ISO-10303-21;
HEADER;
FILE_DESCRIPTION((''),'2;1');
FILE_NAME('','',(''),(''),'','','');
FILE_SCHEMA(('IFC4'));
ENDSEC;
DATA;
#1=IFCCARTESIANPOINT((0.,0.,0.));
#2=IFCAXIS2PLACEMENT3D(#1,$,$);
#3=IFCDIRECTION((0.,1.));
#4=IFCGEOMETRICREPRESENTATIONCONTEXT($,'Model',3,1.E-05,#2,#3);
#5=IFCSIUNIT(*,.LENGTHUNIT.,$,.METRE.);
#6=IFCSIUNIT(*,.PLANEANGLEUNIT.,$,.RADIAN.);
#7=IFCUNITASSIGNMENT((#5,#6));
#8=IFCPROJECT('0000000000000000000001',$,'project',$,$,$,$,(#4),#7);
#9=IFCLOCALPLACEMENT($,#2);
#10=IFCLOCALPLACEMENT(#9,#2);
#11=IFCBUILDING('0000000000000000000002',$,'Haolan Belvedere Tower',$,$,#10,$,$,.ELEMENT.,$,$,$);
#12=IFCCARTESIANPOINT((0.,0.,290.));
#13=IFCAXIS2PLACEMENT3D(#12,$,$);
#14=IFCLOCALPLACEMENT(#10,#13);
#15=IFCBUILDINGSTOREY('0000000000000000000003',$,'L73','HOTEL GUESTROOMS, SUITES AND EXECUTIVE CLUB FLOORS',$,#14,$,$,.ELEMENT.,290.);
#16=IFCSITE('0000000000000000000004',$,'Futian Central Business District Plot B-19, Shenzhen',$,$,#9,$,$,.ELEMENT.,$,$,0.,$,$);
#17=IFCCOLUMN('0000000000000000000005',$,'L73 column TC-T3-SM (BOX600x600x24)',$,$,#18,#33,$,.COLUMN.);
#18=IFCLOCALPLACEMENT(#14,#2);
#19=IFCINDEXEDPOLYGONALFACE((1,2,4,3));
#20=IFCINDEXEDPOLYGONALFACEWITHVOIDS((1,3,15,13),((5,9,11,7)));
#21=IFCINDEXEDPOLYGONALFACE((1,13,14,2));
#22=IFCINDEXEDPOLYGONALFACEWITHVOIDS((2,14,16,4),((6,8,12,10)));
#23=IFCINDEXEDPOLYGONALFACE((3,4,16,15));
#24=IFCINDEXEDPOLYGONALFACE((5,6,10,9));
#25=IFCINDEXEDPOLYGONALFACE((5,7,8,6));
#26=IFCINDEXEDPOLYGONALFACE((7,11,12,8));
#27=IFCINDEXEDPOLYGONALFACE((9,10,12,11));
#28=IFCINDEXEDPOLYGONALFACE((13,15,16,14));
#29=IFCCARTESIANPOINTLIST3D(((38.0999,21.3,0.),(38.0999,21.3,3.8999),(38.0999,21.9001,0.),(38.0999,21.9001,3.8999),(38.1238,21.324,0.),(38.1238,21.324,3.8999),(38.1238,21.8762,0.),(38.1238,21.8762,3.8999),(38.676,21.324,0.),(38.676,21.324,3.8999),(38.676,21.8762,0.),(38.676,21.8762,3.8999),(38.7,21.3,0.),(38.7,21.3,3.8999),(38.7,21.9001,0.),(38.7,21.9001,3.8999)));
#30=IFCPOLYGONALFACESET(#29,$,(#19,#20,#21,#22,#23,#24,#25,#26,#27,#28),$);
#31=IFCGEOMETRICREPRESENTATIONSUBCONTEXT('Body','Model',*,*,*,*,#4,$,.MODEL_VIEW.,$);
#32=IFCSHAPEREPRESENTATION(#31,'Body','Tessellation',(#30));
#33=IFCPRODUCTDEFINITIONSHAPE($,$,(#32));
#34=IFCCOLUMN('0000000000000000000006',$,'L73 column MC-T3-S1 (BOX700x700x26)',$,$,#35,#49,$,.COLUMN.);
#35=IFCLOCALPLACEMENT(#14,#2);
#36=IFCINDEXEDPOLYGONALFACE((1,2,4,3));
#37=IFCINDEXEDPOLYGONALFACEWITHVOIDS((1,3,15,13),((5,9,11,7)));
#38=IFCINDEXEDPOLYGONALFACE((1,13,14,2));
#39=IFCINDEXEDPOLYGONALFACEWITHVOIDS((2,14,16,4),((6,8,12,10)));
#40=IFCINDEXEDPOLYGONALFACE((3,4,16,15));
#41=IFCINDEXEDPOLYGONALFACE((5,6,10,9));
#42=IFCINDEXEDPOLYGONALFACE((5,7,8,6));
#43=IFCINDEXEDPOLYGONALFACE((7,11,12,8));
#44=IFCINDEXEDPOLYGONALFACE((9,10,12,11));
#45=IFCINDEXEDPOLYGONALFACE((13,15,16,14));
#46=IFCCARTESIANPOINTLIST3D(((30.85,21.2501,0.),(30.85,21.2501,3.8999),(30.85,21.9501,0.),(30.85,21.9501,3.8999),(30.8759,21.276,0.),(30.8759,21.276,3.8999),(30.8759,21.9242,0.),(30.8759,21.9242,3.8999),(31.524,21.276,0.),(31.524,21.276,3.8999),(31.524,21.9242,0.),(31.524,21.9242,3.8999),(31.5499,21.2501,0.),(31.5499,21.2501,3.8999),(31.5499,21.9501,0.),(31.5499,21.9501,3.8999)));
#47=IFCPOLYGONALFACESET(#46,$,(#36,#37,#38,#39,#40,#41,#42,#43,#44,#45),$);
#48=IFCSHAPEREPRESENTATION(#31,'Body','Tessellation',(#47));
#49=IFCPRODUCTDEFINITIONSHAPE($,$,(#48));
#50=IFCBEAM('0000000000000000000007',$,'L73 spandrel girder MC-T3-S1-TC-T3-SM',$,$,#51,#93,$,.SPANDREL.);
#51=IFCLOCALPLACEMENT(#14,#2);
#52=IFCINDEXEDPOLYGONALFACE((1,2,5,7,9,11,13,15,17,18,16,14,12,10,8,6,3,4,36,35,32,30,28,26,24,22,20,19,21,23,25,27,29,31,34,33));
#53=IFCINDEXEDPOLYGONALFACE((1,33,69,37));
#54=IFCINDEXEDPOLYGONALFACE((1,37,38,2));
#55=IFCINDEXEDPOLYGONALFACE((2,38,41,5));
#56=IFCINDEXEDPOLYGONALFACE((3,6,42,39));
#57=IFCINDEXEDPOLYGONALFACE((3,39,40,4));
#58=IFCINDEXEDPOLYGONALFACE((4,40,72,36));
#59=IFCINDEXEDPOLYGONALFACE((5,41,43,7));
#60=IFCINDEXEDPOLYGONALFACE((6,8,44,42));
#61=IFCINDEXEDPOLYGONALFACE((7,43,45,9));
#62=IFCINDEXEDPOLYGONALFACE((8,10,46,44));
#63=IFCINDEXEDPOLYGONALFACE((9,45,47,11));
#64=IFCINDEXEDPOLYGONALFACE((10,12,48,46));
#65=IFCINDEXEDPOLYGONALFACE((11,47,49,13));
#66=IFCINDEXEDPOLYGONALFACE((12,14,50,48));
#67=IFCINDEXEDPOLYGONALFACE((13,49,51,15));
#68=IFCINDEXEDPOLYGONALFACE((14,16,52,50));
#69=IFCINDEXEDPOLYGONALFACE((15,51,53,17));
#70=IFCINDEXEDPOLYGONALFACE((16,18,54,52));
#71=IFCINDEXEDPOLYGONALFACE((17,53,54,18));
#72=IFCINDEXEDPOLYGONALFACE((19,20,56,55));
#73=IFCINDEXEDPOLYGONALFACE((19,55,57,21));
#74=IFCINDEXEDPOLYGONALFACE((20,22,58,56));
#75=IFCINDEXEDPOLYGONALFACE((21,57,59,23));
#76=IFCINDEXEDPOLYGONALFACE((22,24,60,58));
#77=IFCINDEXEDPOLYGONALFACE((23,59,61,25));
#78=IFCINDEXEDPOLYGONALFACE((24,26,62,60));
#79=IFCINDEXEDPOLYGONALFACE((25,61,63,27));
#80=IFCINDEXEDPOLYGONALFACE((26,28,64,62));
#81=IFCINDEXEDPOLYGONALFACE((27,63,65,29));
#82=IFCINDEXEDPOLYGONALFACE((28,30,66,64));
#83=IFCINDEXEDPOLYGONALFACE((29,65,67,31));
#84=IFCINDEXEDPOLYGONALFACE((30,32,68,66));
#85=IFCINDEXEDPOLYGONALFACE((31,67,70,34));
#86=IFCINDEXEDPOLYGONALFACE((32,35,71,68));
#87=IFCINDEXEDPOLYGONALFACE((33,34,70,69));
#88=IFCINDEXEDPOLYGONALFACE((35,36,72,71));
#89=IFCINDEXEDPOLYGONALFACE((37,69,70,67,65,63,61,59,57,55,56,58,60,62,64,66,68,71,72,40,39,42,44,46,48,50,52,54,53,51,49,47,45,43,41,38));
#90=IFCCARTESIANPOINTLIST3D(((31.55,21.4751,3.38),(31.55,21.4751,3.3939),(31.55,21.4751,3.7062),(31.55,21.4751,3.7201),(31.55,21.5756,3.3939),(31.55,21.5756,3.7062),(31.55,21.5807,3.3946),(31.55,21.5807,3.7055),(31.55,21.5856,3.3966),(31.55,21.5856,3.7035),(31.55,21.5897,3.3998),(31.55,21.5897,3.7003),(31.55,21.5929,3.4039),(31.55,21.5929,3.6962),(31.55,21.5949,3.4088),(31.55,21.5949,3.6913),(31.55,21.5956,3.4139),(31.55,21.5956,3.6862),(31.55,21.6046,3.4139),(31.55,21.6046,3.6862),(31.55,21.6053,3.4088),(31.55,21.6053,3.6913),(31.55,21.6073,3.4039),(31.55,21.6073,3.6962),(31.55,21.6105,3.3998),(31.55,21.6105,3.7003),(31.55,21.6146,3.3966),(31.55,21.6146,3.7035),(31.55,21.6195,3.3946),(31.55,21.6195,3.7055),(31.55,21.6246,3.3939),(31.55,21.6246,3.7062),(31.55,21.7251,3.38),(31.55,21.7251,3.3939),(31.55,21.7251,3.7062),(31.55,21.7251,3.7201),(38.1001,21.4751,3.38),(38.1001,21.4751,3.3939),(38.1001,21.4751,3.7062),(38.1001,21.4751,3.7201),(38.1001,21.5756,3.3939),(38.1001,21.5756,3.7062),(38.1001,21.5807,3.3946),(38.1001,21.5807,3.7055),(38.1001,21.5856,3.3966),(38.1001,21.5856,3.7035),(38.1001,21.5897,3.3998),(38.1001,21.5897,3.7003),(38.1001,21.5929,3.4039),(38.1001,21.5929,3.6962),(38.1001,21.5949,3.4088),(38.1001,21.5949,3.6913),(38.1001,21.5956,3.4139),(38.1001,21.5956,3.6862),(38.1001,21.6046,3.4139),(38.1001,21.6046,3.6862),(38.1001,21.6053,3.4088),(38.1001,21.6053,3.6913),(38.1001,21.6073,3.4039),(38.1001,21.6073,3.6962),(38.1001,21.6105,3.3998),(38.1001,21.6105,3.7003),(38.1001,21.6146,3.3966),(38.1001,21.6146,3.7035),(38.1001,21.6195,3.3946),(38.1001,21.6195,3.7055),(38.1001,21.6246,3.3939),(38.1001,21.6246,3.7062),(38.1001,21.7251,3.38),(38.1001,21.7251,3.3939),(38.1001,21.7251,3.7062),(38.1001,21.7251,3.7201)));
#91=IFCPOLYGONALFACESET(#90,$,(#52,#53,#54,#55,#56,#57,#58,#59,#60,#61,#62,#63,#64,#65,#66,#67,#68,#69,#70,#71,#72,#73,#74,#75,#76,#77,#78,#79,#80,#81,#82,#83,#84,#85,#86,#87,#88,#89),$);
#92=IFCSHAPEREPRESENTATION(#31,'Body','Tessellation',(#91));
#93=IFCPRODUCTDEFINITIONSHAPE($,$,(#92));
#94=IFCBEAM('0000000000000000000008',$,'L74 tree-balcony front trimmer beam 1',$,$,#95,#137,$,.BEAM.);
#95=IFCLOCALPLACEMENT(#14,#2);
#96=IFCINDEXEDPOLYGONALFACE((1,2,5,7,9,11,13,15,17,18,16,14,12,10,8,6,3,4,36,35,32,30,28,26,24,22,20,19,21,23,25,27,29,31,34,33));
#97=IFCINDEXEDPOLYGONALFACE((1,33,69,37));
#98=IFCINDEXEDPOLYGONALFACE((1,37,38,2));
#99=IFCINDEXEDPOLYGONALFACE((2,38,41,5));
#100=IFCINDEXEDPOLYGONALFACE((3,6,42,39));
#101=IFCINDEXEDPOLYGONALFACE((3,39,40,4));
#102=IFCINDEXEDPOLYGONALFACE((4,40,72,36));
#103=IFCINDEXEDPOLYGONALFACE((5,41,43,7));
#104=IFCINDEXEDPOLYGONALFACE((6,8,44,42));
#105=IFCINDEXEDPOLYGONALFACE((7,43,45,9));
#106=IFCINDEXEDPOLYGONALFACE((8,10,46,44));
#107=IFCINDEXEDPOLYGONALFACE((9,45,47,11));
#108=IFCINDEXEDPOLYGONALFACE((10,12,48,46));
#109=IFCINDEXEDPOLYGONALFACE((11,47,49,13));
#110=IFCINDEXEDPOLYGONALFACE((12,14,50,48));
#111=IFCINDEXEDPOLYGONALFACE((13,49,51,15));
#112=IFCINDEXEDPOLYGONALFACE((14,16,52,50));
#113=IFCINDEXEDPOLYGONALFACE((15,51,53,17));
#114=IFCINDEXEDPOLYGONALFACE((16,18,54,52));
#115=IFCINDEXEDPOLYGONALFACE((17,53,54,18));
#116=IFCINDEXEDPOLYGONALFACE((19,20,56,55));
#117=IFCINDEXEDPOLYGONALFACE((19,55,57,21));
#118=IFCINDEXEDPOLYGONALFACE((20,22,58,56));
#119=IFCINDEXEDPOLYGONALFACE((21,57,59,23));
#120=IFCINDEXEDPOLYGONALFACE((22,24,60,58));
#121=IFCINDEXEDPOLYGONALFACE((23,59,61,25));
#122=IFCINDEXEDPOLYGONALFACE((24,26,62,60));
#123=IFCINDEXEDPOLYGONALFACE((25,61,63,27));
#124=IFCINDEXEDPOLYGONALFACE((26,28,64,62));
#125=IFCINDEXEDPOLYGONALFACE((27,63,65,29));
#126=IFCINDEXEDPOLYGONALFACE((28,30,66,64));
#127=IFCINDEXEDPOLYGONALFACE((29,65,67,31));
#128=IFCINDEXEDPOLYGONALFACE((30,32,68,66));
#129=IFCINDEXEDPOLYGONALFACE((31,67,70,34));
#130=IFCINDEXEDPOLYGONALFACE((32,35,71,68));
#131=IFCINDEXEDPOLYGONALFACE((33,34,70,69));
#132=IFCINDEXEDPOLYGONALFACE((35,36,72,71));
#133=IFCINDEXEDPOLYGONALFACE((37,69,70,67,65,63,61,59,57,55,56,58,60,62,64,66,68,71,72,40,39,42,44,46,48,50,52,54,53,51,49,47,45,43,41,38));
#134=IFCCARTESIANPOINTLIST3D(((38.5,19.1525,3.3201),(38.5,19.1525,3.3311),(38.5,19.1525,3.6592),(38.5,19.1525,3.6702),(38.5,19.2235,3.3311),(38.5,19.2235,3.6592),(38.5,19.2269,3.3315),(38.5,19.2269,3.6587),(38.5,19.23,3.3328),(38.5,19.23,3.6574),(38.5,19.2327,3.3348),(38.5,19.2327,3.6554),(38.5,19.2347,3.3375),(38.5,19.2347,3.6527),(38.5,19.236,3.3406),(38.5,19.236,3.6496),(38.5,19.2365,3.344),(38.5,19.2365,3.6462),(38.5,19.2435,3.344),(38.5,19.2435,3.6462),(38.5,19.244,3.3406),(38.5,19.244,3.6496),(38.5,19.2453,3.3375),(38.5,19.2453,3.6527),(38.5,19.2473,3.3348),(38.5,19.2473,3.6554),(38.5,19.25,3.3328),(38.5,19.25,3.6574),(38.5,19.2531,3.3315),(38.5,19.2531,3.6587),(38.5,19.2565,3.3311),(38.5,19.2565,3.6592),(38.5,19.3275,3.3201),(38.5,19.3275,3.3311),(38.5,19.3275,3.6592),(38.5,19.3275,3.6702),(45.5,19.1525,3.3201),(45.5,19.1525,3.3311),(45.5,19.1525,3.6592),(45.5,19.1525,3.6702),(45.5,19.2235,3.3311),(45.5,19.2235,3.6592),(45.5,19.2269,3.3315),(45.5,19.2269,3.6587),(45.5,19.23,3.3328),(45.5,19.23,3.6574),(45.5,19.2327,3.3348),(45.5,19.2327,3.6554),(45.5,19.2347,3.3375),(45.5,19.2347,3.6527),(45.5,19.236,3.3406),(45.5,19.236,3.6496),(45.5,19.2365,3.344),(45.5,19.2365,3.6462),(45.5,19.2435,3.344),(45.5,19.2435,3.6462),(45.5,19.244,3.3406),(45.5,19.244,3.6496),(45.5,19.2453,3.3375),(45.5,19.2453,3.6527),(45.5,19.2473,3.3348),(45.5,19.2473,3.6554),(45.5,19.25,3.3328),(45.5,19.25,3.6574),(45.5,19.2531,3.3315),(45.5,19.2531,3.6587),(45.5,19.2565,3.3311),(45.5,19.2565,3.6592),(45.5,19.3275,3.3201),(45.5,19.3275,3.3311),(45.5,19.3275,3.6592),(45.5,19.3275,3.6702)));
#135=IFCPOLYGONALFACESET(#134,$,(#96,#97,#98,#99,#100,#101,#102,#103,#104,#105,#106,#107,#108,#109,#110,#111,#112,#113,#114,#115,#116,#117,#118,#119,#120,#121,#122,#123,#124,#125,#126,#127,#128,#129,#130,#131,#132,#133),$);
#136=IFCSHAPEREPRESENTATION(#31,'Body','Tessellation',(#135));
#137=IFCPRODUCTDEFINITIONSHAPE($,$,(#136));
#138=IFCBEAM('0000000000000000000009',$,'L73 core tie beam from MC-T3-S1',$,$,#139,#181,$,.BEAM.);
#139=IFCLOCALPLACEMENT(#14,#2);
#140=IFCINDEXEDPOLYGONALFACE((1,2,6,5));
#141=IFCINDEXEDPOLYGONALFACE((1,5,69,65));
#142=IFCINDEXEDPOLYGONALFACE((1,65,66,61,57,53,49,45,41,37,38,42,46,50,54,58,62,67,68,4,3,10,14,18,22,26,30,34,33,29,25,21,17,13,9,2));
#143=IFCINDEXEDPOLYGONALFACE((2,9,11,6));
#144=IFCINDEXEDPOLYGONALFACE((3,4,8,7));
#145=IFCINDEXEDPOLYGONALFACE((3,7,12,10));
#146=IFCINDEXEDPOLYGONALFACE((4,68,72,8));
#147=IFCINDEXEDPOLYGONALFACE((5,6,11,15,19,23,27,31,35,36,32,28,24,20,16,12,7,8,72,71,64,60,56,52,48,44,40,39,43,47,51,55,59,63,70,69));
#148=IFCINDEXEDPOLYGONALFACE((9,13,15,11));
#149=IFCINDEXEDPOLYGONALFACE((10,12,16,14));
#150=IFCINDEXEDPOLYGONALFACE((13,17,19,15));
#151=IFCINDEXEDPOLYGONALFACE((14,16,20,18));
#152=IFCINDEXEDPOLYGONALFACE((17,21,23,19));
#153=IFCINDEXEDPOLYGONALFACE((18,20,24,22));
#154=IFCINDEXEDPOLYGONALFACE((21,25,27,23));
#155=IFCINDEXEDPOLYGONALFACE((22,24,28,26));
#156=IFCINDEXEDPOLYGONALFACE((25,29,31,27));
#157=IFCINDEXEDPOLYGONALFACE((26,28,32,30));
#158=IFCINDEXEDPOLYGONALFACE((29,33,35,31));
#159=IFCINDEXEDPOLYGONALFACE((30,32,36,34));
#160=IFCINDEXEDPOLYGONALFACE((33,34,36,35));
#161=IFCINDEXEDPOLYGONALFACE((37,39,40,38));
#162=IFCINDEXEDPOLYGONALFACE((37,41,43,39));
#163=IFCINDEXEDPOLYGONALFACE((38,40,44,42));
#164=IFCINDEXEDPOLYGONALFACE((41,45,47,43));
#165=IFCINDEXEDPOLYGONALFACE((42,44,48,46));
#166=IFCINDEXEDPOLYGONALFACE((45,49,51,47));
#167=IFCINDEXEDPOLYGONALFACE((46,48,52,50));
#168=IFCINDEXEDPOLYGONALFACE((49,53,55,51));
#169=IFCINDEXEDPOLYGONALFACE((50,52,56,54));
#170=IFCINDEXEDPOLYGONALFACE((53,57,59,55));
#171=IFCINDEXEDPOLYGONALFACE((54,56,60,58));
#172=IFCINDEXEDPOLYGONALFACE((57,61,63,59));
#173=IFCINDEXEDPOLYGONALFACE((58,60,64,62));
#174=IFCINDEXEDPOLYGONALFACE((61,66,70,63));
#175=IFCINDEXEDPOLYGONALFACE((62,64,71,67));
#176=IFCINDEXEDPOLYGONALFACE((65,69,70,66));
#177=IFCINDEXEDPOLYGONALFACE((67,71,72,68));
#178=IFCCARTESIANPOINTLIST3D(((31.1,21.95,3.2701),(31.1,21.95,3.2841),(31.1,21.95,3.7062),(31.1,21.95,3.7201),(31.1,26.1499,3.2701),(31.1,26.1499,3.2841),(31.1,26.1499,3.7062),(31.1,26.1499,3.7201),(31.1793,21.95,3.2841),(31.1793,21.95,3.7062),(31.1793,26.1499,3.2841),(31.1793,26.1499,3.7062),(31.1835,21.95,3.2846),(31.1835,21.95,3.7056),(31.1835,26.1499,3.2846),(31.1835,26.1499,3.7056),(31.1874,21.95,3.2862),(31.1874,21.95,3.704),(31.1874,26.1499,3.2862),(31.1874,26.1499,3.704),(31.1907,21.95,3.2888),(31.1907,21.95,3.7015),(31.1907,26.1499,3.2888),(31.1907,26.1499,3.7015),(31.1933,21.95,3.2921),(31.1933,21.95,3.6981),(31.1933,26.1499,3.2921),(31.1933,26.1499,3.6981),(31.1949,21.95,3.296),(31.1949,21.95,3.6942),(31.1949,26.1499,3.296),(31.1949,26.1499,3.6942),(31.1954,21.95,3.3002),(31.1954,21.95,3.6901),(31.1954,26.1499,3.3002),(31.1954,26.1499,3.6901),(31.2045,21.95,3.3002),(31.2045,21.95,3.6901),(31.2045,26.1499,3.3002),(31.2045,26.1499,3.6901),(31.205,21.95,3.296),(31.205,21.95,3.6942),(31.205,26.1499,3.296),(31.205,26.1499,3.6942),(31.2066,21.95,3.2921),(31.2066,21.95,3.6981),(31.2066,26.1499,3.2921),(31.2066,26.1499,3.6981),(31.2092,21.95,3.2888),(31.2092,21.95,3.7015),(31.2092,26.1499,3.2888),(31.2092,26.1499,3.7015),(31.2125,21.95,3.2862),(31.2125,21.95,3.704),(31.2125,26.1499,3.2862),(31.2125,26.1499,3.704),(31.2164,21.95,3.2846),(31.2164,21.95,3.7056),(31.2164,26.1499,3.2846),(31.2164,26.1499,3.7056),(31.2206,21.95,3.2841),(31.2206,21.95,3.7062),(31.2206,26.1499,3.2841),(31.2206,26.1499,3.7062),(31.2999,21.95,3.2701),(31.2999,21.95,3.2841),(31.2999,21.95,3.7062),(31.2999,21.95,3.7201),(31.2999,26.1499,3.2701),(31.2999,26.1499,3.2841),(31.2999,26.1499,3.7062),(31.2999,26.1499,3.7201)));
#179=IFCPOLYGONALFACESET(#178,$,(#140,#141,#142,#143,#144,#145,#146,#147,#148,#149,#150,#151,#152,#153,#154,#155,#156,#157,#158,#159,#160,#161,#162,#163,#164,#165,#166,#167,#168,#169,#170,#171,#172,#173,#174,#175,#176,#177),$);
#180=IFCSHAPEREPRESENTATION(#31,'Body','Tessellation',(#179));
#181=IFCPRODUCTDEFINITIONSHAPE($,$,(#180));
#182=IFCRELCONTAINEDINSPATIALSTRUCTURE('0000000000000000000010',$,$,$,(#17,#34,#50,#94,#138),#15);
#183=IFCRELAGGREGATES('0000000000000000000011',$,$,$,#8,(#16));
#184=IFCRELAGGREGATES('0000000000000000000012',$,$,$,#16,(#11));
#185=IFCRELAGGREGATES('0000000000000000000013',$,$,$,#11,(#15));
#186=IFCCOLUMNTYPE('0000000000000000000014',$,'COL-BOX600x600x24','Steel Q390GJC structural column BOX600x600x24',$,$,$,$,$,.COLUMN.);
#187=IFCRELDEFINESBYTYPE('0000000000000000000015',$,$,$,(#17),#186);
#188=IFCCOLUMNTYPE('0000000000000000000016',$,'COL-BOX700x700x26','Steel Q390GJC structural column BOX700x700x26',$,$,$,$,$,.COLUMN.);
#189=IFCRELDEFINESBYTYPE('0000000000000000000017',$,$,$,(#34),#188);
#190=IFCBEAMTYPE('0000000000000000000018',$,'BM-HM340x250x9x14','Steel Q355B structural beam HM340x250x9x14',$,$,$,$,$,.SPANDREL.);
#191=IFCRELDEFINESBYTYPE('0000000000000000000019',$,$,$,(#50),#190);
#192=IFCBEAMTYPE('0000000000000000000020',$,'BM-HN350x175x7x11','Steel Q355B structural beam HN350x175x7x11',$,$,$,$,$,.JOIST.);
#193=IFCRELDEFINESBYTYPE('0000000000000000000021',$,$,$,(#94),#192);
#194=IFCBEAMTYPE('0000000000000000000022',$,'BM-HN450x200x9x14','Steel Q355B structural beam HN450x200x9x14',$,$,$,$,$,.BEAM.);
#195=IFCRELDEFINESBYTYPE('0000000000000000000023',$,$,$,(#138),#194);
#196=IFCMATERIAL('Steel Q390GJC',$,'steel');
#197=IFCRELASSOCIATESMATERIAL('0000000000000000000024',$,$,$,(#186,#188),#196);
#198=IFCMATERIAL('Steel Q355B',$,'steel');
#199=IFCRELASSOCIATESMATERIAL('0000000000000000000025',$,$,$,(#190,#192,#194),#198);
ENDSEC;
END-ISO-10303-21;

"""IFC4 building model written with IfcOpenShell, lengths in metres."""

from ifc_helpers import new_model, si_unit, direction, frame, origin, origin_2d, place, context, subcontext, project, spatial, hollow_rectangle, i_section, extrude, material, material_profile, profile_set, type_object, element, save


model = new_model("IFC4")

# Units and contexts
model_context = context("Model", 3, precision=1e-05, world=origin(), true_north=direction((0.0, 1.0)))
body_context = subcontext(model_context, "Body", "Model", "MODEL_VIEW")
ifc_project = project(units=[si_unit("LENGTHUNIT", "METRE"), si_unit("PLANEANGLEUNIT", "RADIAN")], contexts=[model_context])

# Site, building, storey
site_placement = place(None, origin())
site = spatial("IfcSite", under=ifc_project, at=site_placement, Name="Futian Central Business District Plot B-19, Shenzhen", CompositionType="ELEMENT", RefElevation=0.0)
building_placement = place(site_placement, origin())
building = spatial("IfcBuilding", under=site, at=building_placement, Name="Haolan Belvedere Tower", CompositionType="ELEMENT")
storey_placement = place(building_placement, frame((0.0, 0.0, 290.0)))
storey = spatial("IfcBuildingStorey", under=building, at=storey_placement, Name="L73", Description="HOTEL GUESTROOMS, SUITES AND EXECUTIVE CLUB FLOORS", CompositionType="ELEMENT", Elevation=290.0)

# Columns
ifc_material_1 = material(Name="Steel Q390GJC", Category="steel")
ifc_material_profile_1 = material_profile(ifc_material_1, hollow_rectangle(XDim=0.6001, YDim=0.6001, WallThickness=0.0239, at=origin_2d()), Name="Steel Q390GJC")
ifc_profile_set_1 = profile_set([ifc_material_profile_1], Name="Steel Q390GJC")
column_type_1 = type_object("IfcColumnType", Name="COL-BOX600x600x24", Description="Steel Q390GJC structural column BOX600x600x24", PredefinedType="COLUMN", material=ifc_profile_set_1)
column_1_placement = place(storey_placement, frame((38.3999, 21.6001, 0.0), z_axis=(0.0, 0.0, 1.0), x_axis=(1.0, 0.0, 0.0)))
element("IfcColumn", 1, at=column_1_placement, inside=storey, type_object=column_type_1, Name="L73 column TC-T3-SM (BOX600x600x24)", PredefinedType="COLUMN", context=body_context, shape_type="SweptSolid", body=[
    extrude(hollow_rectangle(XDim=0.6001, YDim=0.6001, WallThickness=0.0239, at=origin_2d()), origin(), (0.0, 0.0, 1.0), 3.8999),
])
ifc_material_profile_2 = material_profile(ifc_material_1, hollow_rectangle(XDim=0.7, YDim=0.7, WallThickness=0.0259, at=origin_2d()), Name="Steel Q390GJC")
ifc_profile_set_2 = profile_set([ifc_material_profile_2], Name="Steel Q390GJC")
column_type_2 = type_object("IfcColumnType", Name="COL-BOX700x700x26", Description="Steel Q390GJC structural column BOX700x700x26", PredefinedType="COLUMN", material=ifc_profile_set_2)
column_2_placement = place(storey_placement, frame((31.2, 21.6001, 0.0), z_axis=(0.0, 0.0, 1.0), x_axis=(1.0, 0.0, 0.0)))
element("IfcColumn", 2, at=column_2_placement, inside=storey, type_object=column_type_2, Name="L73 column MC-T3-S1 (BOX700x700x26)", PredefinedType="COLUMN", context=body_context, shape_type="SweptSolid", body=[
    extrude(hollow_rectangle(XDim=0.7, YDim=0.7, WallThickness=0.0259, at=origin_2d()), origin(), (0.0, 0.0, 1.0), 3.8999),
])

# Beams
ifc_material_2 = material(Name="Steel Q355B", Category="steel")
ifc_material_profile_3 = material_profile(ifc_material_2, i_section(OverallWidth=0.25, OverallDepth=0.3401, WebThickness=0.009, FlangeThickness=0.0139, FilletRadius=0.02, at=origin_2d()), Name="Steel Q355B")
ifc_profile_set_3 = profile_set([ifc_material_profile_3], Name="Steel Q355B")
beam_type_1 = type_object("IfcBeamType", Name="BM-HM340x250x9x14", Description="Steel Q355B structural beam HM340x250x9x14", PredefinedType="SPANDREL", material=ifc_profile_set_3)
beam_1_placement = place(storey_placement, frame((31.55, 21.6001, 3.55), z_axis=(1.0, 0.0, 0.0), x_axis=(0.0, 1.0, 0.0)))
element("IfcBeam", 3, at=beam_1_placement, inside=storey, type_object=beam_type_1, Name="L73 spandrel girder MC-T3-S1-TC-T3-SM", PredefinedType="SPANDREL", context=body_context, shape_type="SweptSolid", body=[
    extrude(i_section(OverallWidth=0.25, OverallDepth=0.3401, WebThickness=0.009, FlangeThickness=0.0139, FilletRadius=0.02, at=origin_2d()), origin(), (0.0, 0.0, 1.0), 6.55),
])
ifc_material_profile_4 = material_profile(ifc_material_2, i_section(OverallWidth=0.175, OverallDepth=0.3501, WebThickness=0.0071, FlangeThickness=0.011, FilletRadius=0.0129, at=origin_2d()), Name="Steel Q355B")
ifc_profile_set_4 = profile_set([ifc_material_profile_4], Name="Steel Q355B")
beam_type_2 = type_object("IfcBeamType", Name="BM-HN350x175x7x11", Description="Steel Q355B structural beam HN350x175x7x11", PredefinedType="JOIST", material=ifc_profile_set_4)
beam_2_placement = place(storey_placement, frame((38.5, 19.24, 3.4951), z_axis=(1.0, 0.0, 0.0), x_axis=(0.0, 1.0, 0.0)))
element("IfcBeam", 4, at=beam_2_placement, inside=storey, type_object=beam_type_2, Name="L74 tree-balcony front trimmer beam 1", PredefinedType="BEAM", context=body_context, shape_type="SweptSolid", body=[
    extrude(i_section(OverallWidth=0.175, OverallDepth=0.3501, WebThickness=0.0071, FlangeThickness=0.011, FilletRadius=0.0129, at=origin_2d()), origin(), (0.0, 0.0, 1.0), 7.0),
])
ifc_material_profile_5 = material_profile(ifc_material_2, i_section(OverallWidth=0.2, OverallDepth=0.45, WebThickness=0.009, FlangeThickness=0.0139, FilletRadius=0.0161, at=origin_2d()), Name="Steel Q355B")
ifc_profile_set_5 = profile_set([ifc_material_profile_5], Name="Steel Q355B")
beam_type_3 = type_object("IfcBeamType", Name="BM-HN450x200x9x14", Description="Steel Q355B structural beam HN450x200x9x14", PredefinedType="BEAM", material=ifc_profile_set_5)
beam_3_placement = place(storey_placement, frame((31.2, 21.95, 3.4951), z_axis=(0.0, 1.0, 0.0), x_axis=(-1.0, 0.0, 0.0)))
element("IfcBeam", 5, at=beam_3_placement, inside=storey, type_object=beam_type_3, Name="L73 core tie beam from MC-T3-S1", PredefinedType="BEAM", context=body_context, shape_type="SweptSolid", body=[
    extrude(i_section(OverallWidth=0.2, OverallDepth=0.45, WebThickness=0.009, FlangeThickness=0.0139, FilletRadius=0.0161, at=origin_2d()), origin(), (0.0, 0.0, 1.0), 4.2),
])

save(model, "model.ifc")
